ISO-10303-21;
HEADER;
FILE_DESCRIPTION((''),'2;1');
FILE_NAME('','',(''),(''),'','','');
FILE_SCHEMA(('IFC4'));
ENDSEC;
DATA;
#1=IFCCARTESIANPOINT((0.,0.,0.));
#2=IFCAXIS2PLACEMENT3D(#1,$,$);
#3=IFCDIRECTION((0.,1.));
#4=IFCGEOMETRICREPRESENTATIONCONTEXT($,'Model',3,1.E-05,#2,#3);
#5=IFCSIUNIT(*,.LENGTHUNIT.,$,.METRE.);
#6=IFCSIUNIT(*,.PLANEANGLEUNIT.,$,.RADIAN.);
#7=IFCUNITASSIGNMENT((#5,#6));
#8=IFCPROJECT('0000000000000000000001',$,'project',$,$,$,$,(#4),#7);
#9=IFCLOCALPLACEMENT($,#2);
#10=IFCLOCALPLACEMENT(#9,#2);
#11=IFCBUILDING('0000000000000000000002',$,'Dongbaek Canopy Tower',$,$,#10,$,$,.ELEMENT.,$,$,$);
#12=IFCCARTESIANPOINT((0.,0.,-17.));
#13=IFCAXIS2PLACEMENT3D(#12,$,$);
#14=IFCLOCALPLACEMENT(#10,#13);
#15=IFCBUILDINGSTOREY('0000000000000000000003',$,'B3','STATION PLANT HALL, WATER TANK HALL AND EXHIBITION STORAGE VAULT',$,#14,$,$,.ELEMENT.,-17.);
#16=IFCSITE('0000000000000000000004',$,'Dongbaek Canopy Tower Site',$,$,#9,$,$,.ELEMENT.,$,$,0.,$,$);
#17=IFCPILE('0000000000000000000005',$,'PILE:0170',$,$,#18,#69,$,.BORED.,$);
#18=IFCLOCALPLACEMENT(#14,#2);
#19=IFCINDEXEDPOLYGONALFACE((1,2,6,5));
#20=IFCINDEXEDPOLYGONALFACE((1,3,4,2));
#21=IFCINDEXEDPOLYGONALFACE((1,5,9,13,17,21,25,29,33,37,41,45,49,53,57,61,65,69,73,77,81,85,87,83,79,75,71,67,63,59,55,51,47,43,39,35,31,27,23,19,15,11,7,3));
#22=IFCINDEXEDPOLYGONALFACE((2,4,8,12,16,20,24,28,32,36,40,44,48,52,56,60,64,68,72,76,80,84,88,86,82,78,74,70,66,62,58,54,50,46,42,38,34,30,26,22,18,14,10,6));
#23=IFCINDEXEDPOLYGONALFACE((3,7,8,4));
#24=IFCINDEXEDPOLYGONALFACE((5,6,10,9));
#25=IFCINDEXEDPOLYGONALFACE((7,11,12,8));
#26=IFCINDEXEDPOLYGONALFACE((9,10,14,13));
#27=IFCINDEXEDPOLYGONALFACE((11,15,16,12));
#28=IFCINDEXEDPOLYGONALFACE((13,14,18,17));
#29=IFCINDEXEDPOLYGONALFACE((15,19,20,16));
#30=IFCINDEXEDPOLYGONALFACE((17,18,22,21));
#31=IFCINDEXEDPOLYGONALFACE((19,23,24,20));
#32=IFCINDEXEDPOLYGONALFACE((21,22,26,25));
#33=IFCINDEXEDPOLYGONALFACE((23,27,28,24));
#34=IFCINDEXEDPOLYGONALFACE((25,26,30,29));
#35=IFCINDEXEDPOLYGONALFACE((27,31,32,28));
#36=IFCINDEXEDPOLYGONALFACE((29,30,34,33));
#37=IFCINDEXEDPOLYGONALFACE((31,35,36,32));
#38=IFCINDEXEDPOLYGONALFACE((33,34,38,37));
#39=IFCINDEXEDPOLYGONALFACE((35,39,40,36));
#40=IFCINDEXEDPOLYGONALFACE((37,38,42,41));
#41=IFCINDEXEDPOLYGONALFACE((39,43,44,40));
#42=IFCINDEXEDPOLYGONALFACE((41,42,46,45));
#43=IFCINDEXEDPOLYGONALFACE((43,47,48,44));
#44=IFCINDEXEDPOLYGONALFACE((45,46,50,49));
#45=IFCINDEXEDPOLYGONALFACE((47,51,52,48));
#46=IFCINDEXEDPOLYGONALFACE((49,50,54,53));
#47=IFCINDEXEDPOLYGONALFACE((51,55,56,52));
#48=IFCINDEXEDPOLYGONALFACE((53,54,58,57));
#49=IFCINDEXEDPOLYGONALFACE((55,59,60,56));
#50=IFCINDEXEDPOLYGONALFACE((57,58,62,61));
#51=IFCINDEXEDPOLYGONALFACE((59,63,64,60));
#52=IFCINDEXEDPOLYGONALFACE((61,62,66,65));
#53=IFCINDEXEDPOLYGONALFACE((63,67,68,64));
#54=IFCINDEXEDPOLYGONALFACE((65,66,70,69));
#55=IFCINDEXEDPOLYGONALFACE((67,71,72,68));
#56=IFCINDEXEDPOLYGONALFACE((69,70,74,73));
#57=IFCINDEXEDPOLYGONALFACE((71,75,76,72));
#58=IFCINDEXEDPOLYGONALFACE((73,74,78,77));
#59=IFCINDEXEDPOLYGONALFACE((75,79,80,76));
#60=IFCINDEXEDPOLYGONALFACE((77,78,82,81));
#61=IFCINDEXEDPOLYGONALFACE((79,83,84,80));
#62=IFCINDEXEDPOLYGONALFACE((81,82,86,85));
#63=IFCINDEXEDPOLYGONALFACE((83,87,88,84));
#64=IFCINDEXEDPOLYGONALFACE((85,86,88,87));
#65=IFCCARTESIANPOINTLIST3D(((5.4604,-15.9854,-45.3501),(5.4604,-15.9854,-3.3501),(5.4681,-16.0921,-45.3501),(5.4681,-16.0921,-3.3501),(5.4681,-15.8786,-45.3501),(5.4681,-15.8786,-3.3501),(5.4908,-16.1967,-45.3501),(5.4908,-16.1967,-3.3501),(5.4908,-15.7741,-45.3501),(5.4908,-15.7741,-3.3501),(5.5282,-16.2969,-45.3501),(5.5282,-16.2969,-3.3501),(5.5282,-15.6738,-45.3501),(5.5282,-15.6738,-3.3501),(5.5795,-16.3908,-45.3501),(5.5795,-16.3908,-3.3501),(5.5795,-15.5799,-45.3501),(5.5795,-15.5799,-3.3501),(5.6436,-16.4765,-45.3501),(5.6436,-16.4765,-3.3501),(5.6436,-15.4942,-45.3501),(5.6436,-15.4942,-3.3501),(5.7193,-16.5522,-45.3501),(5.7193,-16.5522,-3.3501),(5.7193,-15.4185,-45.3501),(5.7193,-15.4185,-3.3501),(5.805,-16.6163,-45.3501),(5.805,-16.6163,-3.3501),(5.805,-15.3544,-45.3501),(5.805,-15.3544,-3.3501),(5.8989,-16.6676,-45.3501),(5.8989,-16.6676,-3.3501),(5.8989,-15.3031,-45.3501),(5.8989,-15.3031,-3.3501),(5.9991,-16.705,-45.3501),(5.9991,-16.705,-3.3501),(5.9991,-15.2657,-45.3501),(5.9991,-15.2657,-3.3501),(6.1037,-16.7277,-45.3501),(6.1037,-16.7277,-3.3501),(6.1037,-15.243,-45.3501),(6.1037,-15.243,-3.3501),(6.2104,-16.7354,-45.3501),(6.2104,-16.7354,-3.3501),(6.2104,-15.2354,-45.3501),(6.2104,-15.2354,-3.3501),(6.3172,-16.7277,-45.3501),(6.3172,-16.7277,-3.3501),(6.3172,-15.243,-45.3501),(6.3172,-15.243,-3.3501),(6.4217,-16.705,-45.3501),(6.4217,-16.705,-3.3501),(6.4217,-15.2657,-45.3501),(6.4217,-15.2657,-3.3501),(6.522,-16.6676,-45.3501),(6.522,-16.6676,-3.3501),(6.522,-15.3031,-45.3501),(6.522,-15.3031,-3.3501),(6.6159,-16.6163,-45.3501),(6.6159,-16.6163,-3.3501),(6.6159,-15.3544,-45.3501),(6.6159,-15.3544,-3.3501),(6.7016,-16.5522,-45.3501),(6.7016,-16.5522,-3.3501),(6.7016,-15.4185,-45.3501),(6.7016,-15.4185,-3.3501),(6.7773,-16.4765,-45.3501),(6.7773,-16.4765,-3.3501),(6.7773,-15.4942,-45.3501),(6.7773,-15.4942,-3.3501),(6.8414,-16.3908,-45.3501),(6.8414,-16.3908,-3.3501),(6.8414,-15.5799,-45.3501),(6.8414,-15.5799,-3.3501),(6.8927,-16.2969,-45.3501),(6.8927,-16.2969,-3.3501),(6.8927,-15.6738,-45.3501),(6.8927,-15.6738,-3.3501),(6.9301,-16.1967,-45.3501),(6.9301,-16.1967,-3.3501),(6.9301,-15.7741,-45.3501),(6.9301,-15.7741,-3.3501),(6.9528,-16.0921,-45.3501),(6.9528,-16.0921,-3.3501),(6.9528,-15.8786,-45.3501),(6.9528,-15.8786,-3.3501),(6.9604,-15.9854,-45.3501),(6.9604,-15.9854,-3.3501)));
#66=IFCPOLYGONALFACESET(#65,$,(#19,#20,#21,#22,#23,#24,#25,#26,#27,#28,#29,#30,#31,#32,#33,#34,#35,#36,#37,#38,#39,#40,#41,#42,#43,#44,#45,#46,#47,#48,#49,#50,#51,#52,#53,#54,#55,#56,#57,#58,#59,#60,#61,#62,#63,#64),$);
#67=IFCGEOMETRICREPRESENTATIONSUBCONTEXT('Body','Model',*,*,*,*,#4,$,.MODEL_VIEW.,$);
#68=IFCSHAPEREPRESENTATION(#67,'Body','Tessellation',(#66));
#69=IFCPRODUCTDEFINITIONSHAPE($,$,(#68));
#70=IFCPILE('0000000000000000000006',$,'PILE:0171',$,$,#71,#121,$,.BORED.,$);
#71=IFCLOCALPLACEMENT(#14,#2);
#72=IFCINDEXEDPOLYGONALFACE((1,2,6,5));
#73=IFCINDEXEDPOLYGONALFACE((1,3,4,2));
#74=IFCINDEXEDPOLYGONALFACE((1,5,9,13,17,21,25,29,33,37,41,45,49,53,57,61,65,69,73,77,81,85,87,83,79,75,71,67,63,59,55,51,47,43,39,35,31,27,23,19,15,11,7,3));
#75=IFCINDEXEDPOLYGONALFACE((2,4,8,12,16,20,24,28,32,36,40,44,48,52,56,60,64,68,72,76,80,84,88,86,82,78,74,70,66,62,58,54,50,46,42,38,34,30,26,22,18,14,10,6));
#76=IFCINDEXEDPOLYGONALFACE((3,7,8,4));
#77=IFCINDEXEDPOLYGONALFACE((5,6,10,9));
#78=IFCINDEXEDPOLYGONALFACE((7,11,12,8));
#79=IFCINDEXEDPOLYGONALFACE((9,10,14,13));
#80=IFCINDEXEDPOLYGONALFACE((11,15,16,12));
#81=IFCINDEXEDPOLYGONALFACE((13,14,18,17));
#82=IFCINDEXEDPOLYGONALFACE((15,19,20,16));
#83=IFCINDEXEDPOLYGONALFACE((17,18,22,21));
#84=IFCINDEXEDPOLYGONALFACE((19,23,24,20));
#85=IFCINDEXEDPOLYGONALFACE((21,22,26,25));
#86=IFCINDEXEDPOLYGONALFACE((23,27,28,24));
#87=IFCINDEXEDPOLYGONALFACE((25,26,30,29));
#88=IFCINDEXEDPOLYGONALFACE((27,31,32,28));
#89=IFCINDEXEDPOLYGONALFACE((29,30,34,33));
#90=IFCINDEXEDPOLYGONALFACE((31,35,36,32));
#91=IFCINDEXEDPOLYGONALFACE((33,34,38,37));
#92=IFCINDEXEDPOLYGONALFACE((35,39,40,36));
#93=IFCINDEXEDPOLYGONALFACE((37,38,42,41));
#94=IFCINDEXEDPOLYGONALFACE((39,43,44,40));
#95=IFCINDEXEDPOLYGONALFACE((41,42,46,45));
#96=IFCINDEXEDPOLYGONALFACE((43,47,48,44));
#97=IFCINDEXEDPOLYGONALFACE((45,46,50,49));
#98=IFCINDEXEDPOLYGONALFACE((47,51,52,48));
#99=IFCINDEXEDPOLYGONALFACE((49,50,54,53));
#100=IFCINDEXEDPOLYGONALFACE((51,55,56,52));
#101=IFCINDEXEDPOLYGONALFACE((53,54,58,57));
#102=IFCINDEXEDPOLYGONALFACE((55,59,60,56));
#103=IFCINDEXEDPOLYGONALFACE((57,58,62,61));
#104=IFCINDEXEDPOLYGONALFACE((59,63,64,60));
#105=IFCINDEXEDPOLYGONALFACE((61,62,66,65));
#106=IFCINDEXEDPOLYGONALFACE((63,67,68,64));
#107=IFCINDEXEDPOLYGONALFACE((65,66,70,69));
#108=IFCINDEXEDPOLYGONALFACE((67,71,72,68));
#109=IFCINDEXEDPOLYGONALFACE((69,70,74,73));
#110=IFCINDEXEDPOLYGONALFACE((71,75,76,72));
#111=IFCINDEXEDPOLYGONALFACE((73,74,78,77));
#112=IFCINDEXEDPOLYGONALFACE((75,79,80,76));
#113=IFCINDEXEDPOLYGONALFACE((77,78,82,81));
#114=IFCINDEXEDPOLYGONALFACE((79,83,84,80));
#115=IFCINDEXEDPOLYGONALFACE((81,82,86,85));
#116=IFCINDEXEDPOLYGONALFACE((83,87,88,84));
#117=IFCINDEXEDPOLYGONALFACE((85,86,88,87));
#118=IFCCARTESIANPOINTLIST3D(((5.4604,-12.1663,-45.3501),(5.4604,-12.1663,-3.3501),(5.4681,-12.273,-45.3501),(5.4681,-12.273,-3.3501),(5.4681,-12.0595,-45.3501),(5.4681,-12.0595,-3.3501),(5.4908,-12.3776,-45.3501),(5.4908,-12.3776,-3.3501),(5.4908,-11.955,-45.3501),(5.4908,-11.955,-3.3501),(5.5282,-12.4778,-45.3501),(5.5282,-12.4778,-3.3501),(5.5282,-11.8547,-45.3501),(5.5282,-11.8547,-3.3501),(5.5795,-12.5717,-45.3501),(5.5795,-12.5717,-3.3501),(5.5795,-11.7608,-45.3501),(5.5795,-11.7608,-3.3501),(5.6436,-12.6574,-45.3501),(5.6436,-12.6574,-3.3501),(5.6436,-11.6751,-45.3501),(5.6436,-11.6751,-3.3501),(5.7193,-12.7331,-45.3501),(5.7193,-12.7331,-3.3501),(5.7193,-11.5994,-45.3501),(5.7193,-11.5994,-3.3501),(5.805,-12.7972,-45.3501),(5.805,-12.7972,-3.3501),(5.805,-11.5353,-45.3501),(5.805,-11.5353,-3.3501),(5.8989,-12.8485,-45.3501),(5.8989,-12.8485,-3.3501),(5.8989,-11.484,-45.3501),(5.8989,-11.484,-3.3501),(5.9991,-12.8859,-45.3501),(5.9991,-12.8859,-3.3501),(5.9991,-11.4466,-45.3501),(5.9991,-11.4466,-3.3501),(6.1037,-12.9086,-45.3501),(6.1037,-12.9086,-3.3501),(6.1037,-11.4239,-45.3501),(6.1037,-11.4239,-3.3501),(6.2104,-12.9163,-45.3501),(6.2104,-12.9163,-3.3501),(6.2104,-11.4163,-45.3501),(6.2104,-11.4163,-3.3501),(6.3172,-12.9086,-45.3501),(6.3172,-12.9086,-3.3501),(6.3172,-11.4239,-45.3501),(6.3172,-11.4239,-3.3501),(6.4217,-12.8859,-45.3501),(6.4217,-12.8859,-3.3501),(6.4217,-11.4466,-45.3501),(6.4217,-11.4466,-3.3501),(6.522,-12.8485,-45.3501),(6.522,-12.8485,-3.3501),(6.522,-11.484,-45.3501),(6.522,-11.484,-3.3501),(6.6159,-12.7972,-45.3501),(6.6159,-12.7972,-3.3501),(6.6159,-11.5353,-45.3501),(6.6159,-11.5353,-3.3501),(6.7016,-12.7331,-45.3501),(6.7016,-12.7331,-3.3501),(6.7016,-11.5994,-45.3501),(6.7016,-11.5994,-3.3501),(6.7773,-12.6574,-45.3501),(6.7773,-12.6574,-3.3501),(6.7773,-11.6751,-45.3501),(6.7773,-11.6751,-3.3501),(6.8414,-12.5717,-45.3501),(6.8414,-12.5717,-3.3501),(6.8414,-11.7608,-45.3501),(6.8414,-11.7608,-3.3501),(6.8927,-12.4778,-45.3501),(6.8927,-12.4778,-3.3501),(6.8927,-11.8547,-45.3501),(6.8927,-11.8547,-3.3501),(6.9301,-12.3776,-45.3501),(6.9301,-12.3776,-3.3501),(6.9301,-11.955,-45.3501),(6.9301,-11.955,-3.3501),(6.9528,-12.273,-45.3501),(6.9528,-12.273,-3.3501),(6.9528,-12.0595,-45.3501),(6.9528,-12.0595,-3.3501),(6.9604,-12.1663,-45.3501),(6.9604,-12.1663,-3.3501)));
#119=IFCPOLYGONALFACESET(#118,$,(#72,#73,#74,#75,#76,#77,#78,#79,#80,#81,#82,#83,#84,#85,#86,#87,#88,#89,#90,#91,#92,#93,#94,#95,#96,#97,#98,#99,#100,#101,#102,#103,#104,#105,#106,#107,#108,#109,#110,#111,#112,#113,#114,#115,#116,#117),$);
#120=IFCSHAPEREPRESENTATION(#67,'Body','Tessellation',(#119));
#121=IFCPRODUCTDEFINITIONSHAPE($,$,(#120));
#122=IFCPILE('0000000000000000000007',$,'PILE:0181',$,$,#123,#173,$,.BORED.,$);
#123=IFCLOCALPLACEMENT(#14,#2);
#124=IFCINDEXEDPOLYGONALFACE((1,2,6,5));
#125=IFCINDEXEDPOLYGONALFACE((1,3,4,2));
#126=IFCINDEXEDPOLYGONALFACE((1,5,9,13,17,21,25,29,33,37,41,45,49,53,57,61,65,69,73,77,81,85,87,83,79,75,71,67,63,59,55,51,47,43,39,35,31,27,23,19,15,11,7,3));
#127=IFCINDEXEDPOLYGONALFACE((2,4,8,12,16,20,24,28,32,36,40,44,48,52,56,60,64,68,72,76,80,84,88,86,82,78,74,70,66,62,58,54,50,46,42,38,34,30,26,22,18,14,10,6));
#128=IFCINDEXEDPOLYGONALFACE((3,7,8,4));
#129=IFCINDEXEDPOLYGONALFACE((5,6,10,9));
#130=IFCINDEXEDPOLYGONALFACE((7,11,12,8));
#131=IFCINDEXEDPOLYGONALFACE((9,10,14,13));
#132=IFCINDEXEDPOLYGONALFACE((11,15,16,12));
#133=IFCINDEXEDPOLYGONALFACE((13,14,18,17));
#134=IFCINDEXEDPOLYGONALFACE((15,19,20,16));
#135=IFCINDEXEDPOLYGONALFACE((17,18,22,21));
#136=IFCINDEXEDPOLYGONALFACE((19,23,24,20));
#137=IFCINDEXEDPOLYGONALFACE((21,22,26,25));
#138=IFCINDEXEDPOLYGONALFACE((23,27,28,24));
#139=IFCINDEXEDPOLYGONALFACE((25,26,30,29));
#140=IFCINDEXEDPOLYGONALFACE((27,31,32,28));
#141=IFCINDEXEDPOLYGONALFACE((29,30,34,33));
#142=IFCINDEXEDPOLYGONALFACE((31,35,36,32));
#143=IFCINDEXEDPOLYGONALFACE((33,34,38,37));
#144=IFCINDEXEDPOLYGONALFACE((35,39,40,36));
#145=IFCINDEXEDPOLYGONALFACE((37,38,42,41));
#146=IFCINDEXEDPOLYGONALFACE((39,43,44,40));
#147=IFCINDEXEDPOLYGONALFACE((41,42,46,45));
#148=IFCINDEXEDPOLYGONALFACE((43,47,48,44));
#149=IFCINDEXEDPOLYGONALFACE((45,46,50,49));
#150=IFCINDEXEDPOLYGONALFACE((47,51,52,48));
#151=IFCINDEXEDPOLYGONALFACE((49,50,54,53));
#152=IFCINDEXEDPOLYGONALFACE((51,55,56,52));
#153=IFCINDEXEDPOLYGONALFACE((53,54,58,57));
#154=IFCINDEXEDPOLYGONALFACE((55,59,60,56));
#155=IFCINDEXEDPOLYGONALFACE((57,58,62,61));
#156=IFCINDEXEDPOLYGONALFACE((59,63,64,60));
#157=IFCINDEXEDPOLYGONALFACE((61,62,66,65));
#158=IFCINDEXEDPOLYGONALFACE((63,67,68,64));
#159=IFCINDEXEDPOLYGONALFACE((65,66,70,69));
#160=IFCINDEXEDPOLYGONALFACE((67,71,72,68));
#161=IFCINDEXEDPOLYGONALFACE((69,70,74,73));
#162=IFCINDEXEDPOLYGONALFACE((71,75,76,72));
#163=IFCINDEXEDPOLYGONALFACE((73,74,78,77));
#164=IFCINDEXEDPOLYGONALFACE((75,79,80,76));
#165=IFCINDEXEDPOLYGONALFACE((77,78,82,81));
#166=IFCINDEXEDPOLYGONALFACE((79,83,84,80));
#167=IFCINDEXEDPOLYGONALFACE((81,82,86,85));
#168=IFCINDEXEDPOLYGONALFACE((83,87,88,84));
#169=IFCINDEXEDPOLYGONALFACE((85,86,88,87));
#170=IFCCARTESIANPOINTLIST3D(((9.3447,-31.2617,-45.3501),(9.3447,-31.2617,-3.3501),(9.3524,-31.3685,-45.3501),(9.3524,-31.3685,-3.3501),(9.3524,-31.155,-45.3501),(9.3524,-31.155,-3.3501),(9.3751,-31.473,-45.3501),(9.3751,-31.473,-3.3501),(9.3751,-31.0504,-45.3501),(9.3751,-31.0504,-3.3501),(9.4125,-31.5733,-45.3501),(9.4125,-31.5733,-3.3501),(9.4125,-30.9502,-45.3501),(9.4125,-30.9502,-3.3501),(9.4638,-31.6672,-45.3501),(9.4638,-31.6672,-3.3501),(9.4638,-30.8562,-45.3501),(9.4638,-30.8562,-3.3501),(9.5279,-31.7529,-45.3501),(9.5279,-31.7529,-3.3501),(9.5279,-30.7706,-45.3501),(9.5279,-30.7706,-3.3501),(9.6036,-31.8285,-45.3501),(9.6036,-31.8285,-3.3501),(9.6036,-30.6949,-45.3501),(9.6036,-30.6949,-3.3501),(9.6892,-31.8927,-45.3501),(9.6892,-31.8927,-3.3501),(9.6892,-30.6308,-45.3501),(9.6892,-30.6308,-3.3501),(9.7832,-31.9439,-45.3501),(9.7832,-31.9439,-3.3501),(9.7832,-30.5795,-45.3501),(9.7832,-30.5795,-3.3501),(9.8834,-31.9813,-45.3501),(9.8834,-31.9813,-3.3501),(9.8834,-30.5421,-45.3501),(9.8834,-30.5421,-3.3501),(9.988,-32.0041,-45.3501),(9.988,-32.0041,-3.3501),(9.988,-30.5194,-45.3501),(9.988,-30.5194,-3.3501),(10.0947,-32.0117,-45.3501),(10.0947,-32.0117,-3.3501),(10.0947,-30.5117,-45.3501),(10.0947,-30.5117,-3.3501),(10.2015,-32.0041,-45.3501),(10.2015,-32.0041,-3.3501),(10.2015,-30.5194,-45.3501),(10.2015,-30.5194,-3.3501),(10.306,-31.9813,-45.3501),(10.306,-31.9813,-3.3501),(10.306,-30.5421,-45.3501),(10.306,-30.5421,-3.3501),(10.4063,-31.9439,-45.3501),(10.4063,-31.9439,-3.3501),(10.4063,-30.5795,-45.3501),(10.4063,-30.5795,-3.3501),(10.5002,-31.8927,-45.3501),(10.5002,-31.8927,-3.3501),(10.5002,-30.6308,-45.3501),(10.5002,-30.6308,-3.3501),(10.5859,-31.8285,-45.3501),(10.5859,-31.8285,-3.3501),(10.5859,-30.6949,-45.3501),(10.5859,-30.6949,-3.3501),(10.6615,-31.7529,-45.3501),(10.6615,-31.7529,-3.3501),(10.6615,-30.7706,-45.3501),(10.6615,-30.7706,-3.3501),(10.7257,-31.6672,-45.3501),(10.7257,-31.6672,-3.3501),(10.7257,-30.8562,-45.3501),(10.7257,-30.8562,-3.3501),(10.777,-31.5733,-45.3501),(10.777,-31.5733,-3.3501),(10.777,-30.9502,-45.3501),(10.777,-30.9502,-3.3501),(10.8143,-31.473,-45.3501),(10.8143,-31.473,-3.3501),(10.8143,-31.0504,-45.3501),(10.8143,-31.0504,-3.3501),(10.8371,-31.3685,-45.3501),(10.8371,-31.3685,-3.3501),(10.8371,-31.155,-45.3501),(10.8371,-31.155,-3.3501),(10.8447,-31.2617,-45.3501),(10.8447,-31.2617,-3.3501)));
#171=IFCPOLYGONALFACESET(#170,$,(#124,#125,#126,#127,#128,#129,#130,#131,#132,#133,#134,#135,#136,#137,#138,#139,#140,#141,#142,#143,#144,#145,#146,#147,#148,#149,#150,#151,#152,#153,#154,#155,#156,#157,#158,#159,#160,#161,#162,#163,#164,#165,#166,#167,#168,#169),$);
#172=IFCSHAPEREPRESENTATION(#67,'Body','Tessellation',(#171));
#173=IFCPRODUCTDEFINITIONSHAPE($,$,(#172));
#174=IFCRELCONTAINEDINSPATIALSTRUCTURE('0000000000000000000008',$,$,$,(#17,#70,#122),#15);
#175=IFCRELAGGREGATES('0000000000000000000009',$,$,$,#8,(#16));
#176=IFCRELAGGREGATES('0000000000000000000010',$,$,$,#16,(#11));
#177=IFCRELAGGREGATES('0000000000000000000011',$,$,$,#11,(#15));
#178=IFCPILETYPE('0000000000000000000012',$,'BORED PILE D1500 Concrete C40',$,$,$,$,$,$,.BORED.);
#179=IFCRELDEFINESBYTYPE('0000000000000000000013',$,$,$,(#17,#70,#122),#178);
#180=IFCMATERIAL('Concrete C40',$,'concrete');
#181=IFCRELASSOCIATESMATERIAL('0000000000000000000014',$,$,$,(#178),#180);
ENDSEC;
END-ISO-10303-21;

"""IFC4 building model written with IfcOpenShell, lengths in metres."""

from ifc_helpers import new_model, si_unit, direction, frame, origin, origin_2d, place, context, subcontext, project, spatial, circle, extrude, material, material_profile, profile_set, type_object, element, save


model = new_model("IFC4")

# Units and contexts
model_context = context("Model", 3, precision=1e-05, world=origin(), true_north=direction((0.0, 1.0)))
body_context = subcontext(model_context, "Body", "Model", "MODEL_VIEW")
ifc_project = project(units=[si_unit("LENGTHUNIT", "METRE"), si_unit("PLANEANGLEUNIT", "RADIAN")], contexts=[model_context])

# Site, building, storey
site_placement = place(None, origin())
site = spatial("IfcSite", under=ifc_project, at=site_placement, Name="Dongbaek Canopy Tower Site", CompositionType="ELEMENT", RefElevation=0.0)
building_placement = place(site_placement, origin())
building = spatial("IfcBuilding", under=site, at=building_placement, Name="Dongbaek Canopy Tower", CompositionType="ELEMENT")
storey_placement = place(building_placement, frame((0.0, 0.0, -17.0)))
storey = spatial("IfcBuildingStorey", under=building, at=storey_placement, Name="B3", Description="STATION PLANT HALL, WATER TANK HALL AND EXHIBITION STORAGE VAULT", CompositionType="ELEMENT", Elevation=-17.0)

# Piles
ifc_material_1 = material(Name="Concrete C40", Category="concrete")
ifc_material_profile_1 = material_profile(ifc_material_1, circle(Radius=0.75, at=origin_2d()), Name="BORED PILE D1500 Concrete C40")
ifc_profile_set_1 = profile_set([ifc_material_profile_1], Name="Concrete C40")
pile_type = type_object("IfcPileType", Name="BORED PILE D1500 Concrete C40", PredefinedType="BORED", material=ifc_profile_set_1)
for number, where, z_axis, x_axis, name in (
    (1, (6.2104, -15.9854, -3.3501), (0.0, 0.0, -1.0), (1.0, 0.0, 0.0), "PILE:0170"),
    (2, (6.2104, -12.1663, -3.3501), (0.0, 0.0, -1.0), (1.0, 0.0, 0.0), "PILE:0171"),
    (3, (10.0947, -31.2617, -3.3501), (0.0, 0.0, -1.0), (1.0, 0.0, 0.0), "PILE:0181"),
):
    element("IfcPile", number, at=place(storey_placement, frame(where, z_axis=z_axis, x_axis=x_axis)), inside=storey, type_object=pile_type, Name=name, PredefinedType="BORED", context=body_context, shape_type="SweptSolid", body=[
        extrude(circle(Radius=0.75, at=origin_2d()), origin(), (0.0, 0.0, 1.0), 42.0),
    ])

save(model, "model.ifc")
